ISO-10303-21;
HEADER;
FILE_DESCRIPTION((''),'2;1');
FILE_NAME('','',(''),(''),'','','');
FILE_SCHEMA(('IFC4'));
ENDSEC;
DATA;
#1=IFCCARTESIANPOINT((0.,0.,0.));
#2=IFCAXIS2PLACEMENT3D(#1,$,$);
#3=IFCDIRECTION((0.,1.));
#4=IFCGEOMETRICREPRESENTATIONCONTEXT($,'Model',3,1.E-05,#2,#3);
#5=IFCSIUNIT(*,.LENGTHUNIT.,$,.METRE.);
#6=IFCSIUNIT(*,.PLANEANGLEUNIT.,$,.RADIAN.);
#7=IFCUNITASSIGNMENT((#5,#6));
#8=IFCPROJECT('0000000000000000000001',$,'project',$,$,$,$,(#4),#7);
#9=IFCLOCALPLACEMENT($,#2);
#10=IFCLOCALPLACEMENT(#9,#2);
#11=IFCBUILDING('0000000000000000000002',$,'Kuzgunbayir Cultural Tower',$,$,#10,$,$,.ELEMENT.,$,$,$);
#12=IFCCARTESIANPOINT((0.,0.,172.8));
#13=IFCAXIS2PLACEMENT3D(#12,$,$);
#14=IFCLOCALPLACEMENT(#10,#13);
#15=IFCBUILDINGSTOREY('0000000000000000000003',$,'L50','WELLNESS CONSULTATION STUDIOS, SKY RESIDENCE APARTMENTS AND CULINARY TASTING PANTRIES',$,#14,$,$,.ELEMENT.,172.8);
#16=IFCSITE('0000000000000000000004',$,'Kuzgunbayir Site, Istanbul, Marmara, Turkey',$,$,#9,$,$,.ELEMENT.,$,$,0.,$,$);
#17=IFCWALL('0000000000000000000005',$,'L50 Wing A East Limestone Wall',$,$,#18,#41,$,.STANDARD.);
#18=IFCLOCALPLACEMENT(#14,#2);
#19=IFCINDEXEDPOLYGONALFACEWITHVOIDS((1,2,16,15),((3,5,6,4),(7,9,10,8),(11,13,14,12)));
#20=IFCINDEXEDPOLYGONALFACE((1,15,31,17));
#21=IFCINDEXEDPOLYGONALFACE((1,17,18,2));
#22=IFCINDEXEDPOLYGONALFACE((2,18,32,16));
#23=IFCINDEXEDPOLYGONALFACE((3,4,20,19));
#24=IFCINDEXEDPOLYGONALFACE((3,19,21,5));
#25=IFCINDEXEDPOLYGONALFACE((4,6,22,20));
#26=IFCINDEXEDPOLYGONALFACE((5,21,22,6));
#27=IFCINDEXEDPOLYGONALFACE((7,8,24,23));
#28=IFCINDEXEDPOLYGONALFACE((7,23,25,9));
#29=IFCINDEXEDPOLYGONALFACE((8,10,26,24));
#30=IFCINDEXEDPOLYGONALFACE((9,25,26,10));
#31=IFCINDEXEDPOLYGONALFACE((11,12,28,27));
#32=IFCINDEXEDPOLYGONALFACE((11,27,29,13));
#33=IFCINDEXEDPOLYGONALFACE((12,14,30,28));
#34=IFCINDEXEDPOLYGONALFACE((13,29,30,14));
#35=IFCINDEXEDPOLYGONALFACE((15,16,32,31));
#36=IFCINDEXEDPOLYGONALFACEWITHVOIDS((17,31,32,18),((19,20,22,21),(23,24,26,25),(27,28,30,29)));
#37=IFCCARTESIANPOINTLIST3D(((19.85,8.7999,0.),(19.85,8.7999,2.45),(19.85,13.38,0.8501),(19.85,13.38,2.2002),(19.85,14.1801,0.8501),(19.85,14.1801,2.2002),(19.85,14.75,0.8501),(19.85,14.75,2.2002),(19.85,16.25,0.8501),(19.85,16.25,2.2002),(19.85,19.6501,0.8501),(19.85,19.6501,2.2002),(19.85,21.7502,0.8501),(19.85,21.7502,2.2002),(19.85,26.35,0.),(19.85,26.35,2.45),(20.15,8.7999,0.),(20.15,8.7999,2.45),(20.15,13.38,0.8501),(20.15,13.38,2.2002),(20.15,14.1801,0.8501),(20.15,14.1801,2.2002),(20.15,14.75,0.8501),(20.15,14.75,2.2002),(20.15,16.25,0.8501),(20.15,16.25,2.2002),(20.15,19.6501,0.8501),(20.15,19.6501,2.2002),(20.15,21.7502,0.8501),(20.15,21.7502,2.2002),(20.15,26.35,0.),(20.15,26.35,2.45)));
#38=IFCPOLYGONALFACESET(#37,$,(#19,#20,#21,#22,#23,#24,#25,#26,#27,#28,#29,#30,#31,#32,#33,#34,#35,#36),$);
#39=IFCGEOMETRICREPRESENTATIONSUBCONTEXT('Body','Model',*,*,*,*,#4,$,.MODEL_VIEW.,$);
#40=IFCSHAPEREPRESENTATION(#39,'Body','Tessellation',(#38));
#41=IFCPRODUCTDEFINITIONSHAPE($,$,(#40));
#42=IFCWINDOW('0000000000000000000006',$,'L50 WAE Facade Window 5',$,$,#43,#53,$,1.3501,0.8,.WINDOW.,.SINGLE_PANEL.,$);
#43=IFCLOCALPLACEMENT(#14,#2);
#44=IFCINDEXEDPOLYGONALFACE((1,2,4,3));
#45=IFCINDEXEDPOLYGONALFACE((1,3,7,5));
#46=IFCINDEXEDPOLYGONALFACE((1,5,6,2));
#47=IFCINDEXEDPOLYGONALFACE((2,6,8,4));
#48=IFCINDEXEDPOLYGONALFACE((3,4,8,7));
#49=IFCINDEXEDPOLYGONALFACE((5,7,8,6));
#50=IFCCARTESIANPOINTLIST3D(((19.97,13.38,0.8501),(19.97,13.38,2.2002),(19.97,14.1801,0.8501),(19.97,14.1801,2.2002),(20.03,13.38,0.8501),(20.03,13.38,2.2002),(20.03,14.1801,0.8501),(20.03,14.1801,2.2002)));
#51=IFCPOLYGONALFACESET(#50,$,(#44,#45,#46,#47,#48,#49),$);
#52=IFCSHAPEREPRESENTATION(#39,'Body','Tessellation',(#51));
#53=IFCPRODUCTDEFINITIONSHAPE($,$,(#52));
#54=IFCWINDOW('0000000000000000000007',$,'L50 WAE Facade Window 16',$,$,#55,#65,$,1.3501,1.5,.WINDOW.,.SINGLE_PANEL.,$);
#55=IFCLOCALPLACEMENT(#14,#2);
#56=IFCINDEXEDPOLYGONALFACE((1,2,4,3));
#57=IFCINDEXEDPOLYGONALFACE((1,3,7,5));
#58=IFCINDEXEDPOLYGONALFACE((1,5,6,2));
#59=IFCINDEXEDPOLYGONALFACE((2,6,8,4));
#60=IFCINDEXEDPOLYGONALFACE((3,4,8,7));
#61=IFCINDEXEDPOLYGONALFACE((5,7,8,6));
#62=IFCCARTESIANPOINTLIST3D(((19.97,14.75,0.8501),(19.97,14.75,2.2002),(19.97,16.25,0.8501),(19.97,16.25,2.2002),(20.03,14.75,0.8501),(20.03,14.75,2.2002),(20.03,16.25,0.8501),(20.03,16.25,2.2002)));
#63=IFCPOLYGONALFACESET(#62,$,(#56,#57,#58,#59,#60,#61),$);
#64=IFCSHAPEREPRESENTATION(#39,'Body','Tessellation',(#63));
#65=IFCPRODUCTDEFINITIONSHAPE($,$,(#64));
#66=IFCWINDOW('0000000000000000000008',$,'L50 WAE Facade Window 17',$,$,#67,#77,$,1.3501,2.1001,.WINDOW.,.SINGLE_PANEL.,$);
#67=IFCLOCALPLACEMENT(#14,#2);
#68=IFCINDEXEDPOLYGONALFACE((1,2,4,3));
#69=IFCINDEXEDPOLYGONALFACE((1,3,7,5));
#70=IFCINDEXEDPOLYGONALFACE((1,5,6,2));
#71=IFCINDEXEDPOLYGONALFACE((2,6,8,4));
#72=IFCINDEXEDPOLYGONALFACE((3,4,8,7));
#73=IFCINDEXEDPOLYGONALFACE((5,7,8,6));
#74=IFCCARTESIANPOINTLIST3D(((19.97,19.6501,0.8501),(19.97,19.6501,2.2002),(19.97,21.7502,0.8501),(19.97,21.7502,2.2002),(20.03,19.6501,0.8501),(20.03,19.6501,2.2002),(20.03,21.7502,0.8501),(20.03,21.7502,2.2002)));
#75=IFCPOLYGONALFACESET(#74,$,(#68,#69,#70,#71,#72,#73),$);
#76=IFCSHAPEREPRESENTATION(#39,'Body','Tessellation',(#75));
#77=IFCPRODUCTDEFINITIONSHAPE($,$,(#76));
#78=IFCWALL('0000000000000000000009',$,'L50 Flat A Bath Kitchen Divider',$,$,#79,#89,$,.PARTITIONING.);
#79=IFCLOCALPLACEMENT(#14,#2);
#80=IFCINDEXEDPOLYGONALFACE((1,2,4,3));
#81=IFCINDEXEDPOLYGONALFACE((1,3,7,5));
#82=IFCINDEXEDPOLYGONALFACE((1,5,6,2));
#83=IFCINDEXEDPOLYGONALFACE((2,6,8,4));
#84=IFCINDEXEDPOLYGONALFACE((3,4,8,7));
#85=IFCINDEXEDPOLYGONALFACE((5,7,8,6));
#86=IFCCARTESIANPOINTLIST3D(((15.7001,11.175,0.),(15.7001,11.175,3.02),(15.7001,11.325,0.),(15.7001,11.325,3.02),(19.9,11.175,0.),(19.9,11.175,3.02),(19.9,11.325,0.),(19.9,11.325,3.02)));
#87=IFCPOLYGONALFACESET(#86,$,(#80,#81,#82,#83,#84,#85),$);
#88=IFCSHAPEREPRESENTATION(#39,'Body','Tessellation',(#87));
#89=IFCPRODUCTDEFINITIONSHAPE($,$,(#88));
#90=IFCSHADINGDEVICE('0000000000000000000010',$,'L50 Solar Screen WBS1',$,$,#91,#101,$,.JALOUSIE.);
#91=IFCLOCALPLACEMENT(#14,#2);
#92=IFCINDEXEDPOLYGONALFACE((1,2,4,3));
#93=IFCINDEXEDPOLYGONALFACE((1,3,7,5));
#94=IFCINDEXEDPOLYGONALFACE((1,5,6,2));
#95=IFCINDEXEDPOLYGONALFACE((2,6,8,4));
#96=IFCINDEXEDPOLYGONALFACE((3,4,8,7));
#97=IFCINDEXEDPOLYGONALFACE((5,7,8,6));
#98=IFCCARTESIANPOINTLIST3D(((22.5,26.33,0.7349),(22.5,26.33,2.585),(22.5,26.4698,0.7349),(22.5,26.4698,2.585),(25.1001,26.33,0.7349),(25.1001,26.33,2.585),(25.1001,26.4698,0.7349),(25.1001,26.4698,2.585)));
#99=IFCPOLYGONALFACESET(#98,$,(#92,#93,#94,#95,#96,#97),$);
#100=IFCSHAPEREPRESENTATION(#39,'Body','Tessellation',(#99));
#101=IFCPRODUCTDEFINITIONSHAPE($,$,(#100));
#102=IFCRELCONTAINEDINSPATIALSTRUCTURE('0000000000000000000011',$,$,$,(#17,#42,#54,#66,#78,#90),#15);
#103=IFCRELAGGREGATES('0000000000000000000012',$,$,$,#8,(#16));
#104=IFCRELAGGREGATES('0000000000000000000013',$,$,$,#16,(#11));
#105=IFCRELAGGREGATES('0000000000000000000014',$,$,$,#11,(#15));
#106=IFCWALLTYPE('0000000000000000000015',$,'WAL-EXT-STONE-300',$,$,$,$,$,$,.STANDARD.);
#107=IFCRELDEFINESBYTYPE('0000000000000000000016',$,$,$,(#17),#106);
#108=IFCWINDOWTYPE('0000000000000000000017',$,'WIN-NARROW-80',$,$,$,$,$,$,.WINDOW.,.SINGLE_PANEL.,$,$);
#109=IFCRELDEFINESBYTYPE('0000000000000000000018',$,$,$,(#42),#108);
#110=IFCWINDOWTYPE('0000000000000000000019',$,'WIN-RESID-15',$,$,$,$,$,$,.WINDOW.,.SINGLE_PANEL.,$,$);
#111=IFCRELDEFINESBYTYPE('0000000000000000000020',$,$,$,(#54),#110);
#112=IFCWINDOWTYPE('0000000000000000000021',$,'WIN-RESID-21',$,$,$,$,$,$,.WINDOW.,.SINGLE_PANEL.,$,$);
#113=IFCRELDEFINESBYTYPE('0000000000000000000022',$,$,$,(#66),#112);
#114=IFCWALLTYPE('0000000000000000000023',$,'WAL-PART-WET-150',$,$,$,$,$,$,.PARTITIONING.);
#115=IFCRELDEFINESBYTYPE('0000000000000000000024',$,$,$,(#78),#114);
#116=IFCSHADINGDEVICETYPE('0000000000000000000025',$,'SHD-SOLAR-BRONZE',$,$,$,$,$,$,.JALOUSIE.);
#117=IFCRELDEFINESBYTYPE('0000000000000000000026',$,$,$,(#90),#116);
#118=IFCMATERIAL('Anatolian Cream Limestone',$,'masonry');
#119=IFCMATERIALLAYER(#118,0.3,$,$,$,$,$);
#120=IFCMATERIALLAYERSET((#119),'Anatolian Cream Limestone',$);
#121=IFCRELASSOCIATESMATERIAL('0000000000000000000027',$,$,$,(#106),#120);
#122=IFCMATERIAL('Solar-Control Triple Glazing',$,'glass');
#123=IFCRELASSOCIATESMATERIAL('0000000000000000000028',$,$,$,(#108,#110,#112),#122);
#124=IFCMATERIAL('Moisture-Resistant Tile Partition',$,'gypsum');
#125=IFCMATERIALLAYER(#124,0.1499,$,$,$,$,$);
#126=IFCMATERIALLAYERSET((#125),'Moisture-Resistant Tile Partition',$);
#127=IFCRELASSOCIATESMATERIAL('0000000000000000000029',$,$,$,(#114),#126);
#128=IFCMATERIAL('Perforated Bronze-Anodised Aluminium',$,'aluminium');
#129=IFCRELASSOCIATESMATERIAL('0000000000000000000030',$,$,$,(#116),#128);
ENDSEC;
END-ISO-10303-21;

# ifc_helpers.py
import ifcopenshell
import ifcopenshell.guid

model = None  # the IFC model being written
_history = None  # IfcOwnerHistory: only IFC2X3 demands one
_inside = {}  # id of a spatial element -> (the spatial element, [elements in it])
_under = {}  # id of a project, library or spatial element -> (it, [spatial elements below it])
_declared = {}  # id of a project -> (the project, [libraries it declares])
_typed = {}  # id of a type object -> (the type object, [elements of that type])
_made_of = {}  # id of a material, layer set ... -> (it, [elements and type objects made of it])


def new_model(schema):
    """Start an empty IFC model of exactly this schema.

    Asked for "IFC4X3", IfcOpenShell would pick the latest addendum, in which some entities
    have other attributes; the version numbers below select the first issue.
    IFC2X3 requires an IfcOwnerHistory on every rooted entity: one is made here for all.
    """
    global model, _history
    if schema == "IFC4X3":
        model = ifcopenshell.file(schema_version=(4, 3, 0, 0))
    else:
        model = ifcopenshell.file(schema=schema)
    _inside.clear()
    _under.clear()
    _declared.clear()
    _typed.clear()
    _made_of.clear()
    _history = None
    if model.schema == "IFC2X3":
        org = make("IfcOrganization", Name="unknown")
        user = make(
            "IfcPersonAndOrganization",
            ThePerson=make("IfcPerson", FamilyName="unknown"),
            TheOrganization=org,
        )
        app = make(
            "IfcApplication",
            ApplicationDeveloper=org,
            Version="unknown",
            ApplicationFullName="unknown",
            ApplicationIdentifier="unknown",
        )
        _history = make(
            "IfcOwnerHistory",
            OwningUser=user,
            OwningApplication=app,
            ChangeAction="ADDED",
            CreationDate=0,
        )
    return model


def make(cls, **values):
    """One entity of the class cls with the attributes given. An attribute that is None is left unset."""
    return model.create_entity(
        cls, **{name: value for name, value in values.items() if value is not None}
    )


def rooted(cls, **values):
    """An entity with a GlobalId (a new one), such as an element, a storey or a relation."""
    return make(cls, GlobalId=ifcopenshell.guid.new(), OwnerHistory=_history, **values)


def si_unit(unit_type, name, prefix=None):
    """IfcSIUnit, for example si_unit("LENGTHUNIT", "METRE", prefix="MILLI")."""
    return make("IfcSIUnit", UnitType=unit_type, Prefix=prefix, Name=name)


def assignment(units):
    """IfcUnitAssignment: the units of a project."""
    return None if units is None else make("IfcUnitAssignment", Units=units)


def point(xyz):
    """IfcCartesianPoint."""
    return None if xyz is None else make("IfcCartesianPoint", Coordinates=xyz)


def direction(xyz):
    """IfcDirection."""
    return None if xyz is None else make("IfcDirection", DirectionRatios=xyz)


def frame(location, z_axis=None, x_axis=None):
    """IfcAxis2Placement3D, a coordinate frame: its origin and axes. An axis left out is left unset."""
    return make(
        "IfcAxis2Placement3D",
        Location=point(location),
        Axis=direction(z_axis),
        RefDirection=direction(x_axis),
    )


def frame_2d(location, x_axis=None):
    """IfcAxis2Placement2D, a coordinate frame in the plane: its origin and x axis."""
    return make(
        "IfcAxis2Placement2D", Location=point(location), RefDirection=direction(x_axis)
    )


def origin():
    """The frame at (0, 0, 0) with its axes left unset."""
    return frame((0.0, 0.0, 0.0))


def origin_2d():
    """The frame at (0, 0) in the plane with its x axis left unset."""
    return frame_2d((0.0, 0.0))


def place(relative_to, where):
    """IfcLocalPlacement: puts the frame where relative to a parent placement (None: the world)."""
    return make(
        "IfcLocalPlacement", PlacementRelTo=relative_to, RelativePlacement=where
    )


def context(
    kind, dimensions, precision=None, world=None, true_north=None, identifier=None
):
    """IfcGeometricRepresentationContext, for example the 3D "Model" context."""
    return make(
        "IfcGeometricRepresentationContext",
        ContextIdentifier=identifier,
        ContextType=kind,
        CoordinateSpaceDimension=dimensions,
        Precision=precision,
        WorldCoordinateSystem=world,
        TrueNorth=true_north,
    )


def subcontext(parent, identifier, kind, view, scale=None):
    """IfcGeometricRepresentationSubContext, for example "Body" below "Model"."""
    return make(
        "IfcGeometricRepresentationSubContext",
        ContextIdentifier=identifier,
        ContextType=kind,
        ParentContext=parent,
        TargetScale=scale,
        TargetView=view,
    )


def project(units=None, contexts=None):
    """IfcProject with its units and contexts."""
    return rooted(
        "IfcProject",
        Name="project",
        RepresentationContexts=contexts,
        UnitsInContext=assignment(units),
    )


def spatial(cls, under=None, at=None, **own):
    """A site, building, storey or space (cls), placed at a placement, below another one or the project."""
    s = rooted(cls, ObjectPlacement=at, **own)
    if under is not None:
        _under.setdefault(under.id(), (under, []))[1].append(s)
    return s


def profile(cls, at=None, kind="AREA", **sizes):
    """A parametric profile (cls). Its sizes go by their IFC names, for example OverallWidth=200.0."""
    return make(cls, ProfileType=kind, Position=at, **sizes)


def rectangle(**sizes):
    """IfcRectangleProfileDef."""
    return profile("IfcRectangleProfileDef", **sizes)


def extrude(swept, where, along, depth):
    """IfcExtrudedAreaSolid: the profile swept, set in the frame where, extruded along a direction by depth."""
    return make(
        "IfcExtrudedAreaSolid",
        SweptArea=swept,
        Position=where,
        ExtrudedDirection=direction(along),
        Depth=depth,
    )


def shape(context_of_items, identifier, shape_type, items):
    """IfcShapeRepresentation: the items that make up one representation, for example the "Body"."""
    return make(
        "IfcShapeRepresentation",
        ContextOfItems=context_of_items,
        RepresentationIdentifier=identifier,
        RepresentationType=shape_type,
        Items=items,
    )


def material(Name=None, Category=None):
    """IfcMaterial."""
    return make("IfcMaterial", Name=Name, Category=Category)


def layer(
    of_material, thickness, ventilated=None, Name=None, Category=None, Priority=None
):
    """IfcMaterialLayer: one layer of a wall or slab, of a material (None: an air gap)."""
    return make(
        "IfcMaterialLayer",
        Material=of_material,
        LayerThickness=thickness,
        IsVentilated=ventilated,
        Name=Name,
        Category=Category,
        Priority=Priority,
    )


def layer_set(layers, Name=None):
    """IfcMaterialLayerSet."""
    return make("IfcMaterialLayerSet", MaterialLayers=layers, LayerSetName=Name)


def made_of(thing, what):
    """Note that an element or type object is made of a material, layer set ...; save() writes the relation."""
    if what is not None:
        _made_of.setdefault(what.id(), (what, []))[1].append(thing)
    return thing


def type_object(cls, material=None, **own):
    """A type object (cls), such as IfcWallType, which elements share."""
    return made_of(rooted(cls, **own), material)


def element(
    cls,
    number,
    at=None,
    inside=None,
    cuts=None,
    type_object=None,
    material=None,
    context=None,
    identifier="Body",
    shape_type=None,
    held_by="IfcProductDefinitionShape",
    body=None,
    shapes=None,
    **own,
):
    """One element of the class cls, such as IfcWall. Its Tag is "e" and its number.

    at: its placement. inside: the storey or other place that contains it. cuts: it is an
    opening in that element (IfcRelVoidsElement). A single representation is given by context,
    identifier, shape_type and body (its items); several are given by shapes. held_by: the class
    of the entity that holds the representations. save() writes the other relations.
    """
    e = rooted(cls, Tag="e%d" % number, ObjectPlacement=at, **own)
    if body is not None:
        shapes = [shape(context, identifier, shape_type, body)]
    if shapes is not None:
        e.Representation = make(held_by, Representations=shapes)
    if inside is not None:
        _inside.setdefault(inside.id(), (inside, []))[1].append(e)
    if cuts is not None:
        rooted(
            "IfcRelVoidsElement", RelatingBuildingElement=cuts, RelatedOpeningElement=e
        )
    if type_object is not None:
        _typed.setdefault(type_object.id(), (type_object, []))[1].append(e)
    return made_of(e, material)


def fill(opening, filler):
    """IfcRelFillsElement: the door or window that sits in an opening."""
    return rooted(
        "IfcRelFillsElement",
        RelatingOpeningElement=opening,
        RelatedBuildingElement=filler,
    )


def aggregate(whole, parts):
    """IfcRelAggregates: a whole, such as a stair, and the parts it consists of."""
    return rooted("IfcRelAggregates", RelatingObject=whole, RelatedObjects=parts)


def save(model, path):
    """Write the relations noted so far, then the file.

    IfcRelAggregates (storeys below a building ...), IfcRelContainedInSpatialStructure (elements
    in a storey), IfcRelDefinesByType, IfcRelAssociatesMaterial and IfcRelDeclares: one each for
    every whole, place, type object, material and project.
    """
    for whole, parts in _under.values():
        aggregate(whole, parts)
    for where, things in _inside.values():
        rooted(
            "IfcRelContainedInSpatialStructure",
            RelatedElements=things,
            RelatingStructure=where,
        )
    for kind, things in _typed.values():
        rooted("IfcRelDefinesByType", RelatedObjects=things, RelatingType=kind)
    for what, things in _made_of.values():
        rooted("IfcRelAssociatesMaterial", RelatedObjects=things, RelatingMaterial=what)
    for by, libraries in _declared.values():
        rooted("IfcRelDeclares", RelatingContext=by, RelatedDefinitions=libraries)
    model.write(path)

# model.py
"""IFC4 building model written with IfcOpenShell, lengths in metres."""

from ifc_helpers import new_model, si_unit, direction, frame, frame_2d, origin, origin_2d, place, context, subcontext, project, spatial, rectangle, extrude, material, layer, layer_set, type_object, element, fill, save


model = new_model("IFC4")

# Units and contexts
model_context = context("Model", 3, precision=1e-05, world=origin(), true_north=direction((0.0, 1.0)))
body_context = subcontext(model_context, "Body", "Model", "MODEL_VIEW")
ifc_project = project(units=[si_unit("LENGTHUNIT", "METRE"), si_unit("PLANEANGLEUNIT", "RADIAN")], contexts=[model_context])

# Site, building, storey
site_placement = place(None, origin())
site = spatial("IfcSite", under=ifc_project, at=site_placement, Name="Kuzgunbayir Site, Istanbul, Marmara, Turkey", CompositionType="ELEMENT", RefElevation=0.0)
building_placement = place(site_placement, origin())
building = spatial("IfcBuilding", under=site, at=building_placement, Name="Kuzgunbayir Cultural Tower", CompositionType="ELEMENT")
storey_placement = place(building_placement, frame((0.0, 0.0, 172.8)))
storey = spatial("IfcBuildingStorey", under=building, at=storey_placement, Name="L50", Description="WELLNESS CONSULTATION STUDIOS, SKY RESIDENCE APARTMENTS AND CULINARY TASTING PANTRIES", CompositionType="ELEMENT", Elevation=172.8)

# Wall, openings, windows
ifc_material_1 = material(Name="Anatolian Cream Limestone", Category="masonry")
ifc_layer_1 = layer(ifc_material_1, 0.3)
ifc_layer_set_1 = layer_set([ifc_layer_1], Name="Anatolian Cream Limestone")
wall_type_1 = type_object("IfcWallType", Name="WAL-EXT-STONE-300", PredefinedType="STANDARD", material=ifc_layer_set_1)
wall_1_placement = place(storey_placement, frame((20.0, 8.8, 0.0), z_axis=(0.0, 0.0, 1.0), x_axis=(0.0, 1.0, 0.0)))
wall_1 = element("IfcWall", 1, at=wall_1_placement, inside=storey, type_object=wall_type_1, Name="L50 Wing A East Limestone Wall", PredefinedType="STANDARD", context=body_context, shape_type="SweptSolid", body=[
    extrude(rectangle(XDim=17.55, YDim=0.3, at=frame_2d((8.7749, 0.0))), origin(), (0.0, 0.0, 1.0), 2.45),
])
opening_1_placement = place(wall_1_placement, frame((4.5801, 0.0, 0.8501)))
opening_1 = element("IfcOpeningElement", 2, at=opening_1_placement, cuts=wall_1, PredefinedType="OPENING", context=body_context, shape_type="SweptSolid", body=[
    extrude(rectangle(XDim=0.8, YDim=1.3501, at=frame_2d((0.3999, 0.675))), frame((0.0, 0.1602, 0.0), z_axis=(0.0, -1.0, 0.0), x_axis=(1.0, 0.0, 0.0)), (0.0, 0.0, 1.0), 0.3201),
])
opening_2_placement = place(wall_1_placement, frame((5.95, 0.0, 0.8501)))
opening_2 = element("IfcOpeningElement", 3, at=opening_2_placement, cuts=wall_1, PredefinedType="OPENING", context=body_context, shape_type="SweptSolid", body=[
    extrude(rectangle(XDim=1.5, YDim=1.3501, at=frame_2d((0.75, 0.675))), frame((0.0, 0.1602, 0.0), z_axis=(0.0, -1.0, 0.0), x_axis=(1.0, 0.0, 0.0)), (0.0, 0.0, 1.0), 0.3201),
])
opening_3_placement = place(wall_1_placement, frame((10.8501, 0.0, 0.8501)))
opening_3 = element("IfcOpeningElement", 4, at=opening_3_placement, cuts=wall_1, PredefinedType="OPENING", context=body_context, shape_type="SweptSolid", body=[
    extrude(rectangle(XDim=2.1001, YDim=1.3501, at=frame_2d((1.05, 0.675))), frame((0.0, 0.1602, 0.0), z_axis=(0.0, -1.0, 0.0), x_axis=(1.0, 0.0, 0.0)), (0.0, 0.0, 1.0), 0.3201),
])
ifc_material_2 = material(Name="Solar-Control Triple Glazing", Category="glass")
window_type_1 = type_object("IfcWindowType", Name="WIN-NARROW-80", PartitioningType="SINGLE_PANEL", PredefinedType="WINDOW", material=ifc_material_2)
window_1_placement = place(opening_1_placement, origin())
window_1 = element("IfcWindow", 5, at=window_1_placement, inside=storey, type_object=window_type_1, Name="L50 WAE Facade Window 5", OverallHeight=1.3501, OverallWidth=0.8, PartitioningType="SINGLE_PANEL", PredefinedType="WINDOW", context=body_context, shape_type="SweptSolid", body=[
    extrude(rectangle(XDim=0.8, YDim=1.3501, at=frame_2d((0.3999, 0.675))), frame((0.0, 0.03, 0.0), z_axis=(0.0, -1.0, 0.0), x_axis=(1.0, 0.0, 0.0)), (0.0, 0.0, 1.0), 0.0601),
])
fill(opening_1, window_1)
window_type_2 = type_object("IfcWindowType", Name="WIN-RESID-15", PartitioningType="SINGLE_PANEL", PredefinedType="WINDOW", material=ifc_material_2)
window_2_placement = place(opening_2_placement, origin())
window_2 = element("IfcWindow", 6, at=window_2_placement, inside=storey, type_object=window_type_2, Name="L50 WAE Facade Window 16", OverallHeight=1.3501, OverallWidth=1.5, PartitioningType="SINGLE_PANEL", PredefinedType="WINDOW", context=body_context, shape_type="SweptSolid", body=[
    extrude(rectangle(XDim=1.5, YDim=1.3501, at=frame_2d((0.75, 0.675))), frame((0.0, 0.03, 0.0), z_axis=(0.0, -1.0, 0.0), x_axis=(1.0, 0.0, 0.0)), (0.0, 0.0, 1.0), 0.0601),
])
fill(opening_2, window_2)
window_type_3 = type_object("IfcWindowType", Name="WIN-RESID-21", PartitioningType="SINGLE_PANEL", PredefinedType="WINDOW", material=ifc_material_2)
window_3_placement = place(opening_3_placement, origin())
window_3 = element("IfcWindow", 7, at=window_3_placement, inside=storey, type_object=window_type_3, Name="L50 WAE Facade Window 17", OverallHeight=1.3501, OverallWidth=2.1001, PartitioningType="SINGLE_PANEL", PredefinedType="WINDOW", context=body_context, shape_type="SweptSolid", body=[
    extrude(rectangle(XDim=2.1001, YDim=1.3501, at=frame_2d((1.05, 0.675))), frame((0.0, 0.03, 0.0), z_axis=(0.0, -1.0, 0.0), x_axis=(1.0, 0.0, 0.0)), (0.0, 0.0, 1.0), 0.0601),
])
fill(opening_3, window_3)

# Shared definitions
ifc_material_3 = material(Name="Moisture-Resistant Tile Partition", Category="gypsum")
ifc_layer_2 = layer(ifc_material_3, 0.1499)
ifc_layer_set_2 = layer_set([ifc_layer_2], Name="Moisture-Resistant Tile Partition")
wall_type_2 = type_object("IfcWallType", Name="WAL-PART-WET-150", PredefinedType="PARTITIONING", material=ifc_layer_set_2)

# Wall
wall_2_placement = place(storey_placement, frame((15.7, 11.25, 0.0), z_axis=(0.0, 0.0, 1.0), x_axis=(1.0, 0.0, 0.0)))
element("IfcWall", 8, at=wall_2_placement, inside=storey, type_object=wall_type_2, Name="L50 Flat A Bath Kitchen Divider", PredefinedType="PARTITIONING", context=body_context, shape_type="SweptSolid", body=[
    extrude(rectangle(XDim=4.2, YDim=0.1499, at=frame_2d((2.1001, 0.0))), origin(), (0.0, 0.0, 1.0), 3.02),
])

# Shading device
ifc_material_4 = material(Name="Perforated Bronze-Anodised Aluminium", Category="aluminium")
shading_device_type = type_object("IfcShadingDeviceType", Name="SHD-SOLAR-BRONZE", PredefinedType="JALOUSIE", material=ifc_material_4)
shading_device_placement = place(storey_placement, frame((23.8, 26.3999, 0.7349), z_axis=(0.0, 0.0, 1.0), x_axis=(1.0, 0.0, 0.0)))
element("IfcShadingDevice", 9, at=shading_device_placement, inside=storey, type_object=shading_device_type, Name="L50 Solar Screen WBS1", PredefinedType="JALOUSIE", context=body_context, shape_type="SweptSolid", body=[
    extrude(rectangle(XDim=2.6001, YDim=0.1399, at=origin_2d()), origin(), (0.0, 0.0, 1.0), 1.8501),
])

save(model, "model.ifc")
